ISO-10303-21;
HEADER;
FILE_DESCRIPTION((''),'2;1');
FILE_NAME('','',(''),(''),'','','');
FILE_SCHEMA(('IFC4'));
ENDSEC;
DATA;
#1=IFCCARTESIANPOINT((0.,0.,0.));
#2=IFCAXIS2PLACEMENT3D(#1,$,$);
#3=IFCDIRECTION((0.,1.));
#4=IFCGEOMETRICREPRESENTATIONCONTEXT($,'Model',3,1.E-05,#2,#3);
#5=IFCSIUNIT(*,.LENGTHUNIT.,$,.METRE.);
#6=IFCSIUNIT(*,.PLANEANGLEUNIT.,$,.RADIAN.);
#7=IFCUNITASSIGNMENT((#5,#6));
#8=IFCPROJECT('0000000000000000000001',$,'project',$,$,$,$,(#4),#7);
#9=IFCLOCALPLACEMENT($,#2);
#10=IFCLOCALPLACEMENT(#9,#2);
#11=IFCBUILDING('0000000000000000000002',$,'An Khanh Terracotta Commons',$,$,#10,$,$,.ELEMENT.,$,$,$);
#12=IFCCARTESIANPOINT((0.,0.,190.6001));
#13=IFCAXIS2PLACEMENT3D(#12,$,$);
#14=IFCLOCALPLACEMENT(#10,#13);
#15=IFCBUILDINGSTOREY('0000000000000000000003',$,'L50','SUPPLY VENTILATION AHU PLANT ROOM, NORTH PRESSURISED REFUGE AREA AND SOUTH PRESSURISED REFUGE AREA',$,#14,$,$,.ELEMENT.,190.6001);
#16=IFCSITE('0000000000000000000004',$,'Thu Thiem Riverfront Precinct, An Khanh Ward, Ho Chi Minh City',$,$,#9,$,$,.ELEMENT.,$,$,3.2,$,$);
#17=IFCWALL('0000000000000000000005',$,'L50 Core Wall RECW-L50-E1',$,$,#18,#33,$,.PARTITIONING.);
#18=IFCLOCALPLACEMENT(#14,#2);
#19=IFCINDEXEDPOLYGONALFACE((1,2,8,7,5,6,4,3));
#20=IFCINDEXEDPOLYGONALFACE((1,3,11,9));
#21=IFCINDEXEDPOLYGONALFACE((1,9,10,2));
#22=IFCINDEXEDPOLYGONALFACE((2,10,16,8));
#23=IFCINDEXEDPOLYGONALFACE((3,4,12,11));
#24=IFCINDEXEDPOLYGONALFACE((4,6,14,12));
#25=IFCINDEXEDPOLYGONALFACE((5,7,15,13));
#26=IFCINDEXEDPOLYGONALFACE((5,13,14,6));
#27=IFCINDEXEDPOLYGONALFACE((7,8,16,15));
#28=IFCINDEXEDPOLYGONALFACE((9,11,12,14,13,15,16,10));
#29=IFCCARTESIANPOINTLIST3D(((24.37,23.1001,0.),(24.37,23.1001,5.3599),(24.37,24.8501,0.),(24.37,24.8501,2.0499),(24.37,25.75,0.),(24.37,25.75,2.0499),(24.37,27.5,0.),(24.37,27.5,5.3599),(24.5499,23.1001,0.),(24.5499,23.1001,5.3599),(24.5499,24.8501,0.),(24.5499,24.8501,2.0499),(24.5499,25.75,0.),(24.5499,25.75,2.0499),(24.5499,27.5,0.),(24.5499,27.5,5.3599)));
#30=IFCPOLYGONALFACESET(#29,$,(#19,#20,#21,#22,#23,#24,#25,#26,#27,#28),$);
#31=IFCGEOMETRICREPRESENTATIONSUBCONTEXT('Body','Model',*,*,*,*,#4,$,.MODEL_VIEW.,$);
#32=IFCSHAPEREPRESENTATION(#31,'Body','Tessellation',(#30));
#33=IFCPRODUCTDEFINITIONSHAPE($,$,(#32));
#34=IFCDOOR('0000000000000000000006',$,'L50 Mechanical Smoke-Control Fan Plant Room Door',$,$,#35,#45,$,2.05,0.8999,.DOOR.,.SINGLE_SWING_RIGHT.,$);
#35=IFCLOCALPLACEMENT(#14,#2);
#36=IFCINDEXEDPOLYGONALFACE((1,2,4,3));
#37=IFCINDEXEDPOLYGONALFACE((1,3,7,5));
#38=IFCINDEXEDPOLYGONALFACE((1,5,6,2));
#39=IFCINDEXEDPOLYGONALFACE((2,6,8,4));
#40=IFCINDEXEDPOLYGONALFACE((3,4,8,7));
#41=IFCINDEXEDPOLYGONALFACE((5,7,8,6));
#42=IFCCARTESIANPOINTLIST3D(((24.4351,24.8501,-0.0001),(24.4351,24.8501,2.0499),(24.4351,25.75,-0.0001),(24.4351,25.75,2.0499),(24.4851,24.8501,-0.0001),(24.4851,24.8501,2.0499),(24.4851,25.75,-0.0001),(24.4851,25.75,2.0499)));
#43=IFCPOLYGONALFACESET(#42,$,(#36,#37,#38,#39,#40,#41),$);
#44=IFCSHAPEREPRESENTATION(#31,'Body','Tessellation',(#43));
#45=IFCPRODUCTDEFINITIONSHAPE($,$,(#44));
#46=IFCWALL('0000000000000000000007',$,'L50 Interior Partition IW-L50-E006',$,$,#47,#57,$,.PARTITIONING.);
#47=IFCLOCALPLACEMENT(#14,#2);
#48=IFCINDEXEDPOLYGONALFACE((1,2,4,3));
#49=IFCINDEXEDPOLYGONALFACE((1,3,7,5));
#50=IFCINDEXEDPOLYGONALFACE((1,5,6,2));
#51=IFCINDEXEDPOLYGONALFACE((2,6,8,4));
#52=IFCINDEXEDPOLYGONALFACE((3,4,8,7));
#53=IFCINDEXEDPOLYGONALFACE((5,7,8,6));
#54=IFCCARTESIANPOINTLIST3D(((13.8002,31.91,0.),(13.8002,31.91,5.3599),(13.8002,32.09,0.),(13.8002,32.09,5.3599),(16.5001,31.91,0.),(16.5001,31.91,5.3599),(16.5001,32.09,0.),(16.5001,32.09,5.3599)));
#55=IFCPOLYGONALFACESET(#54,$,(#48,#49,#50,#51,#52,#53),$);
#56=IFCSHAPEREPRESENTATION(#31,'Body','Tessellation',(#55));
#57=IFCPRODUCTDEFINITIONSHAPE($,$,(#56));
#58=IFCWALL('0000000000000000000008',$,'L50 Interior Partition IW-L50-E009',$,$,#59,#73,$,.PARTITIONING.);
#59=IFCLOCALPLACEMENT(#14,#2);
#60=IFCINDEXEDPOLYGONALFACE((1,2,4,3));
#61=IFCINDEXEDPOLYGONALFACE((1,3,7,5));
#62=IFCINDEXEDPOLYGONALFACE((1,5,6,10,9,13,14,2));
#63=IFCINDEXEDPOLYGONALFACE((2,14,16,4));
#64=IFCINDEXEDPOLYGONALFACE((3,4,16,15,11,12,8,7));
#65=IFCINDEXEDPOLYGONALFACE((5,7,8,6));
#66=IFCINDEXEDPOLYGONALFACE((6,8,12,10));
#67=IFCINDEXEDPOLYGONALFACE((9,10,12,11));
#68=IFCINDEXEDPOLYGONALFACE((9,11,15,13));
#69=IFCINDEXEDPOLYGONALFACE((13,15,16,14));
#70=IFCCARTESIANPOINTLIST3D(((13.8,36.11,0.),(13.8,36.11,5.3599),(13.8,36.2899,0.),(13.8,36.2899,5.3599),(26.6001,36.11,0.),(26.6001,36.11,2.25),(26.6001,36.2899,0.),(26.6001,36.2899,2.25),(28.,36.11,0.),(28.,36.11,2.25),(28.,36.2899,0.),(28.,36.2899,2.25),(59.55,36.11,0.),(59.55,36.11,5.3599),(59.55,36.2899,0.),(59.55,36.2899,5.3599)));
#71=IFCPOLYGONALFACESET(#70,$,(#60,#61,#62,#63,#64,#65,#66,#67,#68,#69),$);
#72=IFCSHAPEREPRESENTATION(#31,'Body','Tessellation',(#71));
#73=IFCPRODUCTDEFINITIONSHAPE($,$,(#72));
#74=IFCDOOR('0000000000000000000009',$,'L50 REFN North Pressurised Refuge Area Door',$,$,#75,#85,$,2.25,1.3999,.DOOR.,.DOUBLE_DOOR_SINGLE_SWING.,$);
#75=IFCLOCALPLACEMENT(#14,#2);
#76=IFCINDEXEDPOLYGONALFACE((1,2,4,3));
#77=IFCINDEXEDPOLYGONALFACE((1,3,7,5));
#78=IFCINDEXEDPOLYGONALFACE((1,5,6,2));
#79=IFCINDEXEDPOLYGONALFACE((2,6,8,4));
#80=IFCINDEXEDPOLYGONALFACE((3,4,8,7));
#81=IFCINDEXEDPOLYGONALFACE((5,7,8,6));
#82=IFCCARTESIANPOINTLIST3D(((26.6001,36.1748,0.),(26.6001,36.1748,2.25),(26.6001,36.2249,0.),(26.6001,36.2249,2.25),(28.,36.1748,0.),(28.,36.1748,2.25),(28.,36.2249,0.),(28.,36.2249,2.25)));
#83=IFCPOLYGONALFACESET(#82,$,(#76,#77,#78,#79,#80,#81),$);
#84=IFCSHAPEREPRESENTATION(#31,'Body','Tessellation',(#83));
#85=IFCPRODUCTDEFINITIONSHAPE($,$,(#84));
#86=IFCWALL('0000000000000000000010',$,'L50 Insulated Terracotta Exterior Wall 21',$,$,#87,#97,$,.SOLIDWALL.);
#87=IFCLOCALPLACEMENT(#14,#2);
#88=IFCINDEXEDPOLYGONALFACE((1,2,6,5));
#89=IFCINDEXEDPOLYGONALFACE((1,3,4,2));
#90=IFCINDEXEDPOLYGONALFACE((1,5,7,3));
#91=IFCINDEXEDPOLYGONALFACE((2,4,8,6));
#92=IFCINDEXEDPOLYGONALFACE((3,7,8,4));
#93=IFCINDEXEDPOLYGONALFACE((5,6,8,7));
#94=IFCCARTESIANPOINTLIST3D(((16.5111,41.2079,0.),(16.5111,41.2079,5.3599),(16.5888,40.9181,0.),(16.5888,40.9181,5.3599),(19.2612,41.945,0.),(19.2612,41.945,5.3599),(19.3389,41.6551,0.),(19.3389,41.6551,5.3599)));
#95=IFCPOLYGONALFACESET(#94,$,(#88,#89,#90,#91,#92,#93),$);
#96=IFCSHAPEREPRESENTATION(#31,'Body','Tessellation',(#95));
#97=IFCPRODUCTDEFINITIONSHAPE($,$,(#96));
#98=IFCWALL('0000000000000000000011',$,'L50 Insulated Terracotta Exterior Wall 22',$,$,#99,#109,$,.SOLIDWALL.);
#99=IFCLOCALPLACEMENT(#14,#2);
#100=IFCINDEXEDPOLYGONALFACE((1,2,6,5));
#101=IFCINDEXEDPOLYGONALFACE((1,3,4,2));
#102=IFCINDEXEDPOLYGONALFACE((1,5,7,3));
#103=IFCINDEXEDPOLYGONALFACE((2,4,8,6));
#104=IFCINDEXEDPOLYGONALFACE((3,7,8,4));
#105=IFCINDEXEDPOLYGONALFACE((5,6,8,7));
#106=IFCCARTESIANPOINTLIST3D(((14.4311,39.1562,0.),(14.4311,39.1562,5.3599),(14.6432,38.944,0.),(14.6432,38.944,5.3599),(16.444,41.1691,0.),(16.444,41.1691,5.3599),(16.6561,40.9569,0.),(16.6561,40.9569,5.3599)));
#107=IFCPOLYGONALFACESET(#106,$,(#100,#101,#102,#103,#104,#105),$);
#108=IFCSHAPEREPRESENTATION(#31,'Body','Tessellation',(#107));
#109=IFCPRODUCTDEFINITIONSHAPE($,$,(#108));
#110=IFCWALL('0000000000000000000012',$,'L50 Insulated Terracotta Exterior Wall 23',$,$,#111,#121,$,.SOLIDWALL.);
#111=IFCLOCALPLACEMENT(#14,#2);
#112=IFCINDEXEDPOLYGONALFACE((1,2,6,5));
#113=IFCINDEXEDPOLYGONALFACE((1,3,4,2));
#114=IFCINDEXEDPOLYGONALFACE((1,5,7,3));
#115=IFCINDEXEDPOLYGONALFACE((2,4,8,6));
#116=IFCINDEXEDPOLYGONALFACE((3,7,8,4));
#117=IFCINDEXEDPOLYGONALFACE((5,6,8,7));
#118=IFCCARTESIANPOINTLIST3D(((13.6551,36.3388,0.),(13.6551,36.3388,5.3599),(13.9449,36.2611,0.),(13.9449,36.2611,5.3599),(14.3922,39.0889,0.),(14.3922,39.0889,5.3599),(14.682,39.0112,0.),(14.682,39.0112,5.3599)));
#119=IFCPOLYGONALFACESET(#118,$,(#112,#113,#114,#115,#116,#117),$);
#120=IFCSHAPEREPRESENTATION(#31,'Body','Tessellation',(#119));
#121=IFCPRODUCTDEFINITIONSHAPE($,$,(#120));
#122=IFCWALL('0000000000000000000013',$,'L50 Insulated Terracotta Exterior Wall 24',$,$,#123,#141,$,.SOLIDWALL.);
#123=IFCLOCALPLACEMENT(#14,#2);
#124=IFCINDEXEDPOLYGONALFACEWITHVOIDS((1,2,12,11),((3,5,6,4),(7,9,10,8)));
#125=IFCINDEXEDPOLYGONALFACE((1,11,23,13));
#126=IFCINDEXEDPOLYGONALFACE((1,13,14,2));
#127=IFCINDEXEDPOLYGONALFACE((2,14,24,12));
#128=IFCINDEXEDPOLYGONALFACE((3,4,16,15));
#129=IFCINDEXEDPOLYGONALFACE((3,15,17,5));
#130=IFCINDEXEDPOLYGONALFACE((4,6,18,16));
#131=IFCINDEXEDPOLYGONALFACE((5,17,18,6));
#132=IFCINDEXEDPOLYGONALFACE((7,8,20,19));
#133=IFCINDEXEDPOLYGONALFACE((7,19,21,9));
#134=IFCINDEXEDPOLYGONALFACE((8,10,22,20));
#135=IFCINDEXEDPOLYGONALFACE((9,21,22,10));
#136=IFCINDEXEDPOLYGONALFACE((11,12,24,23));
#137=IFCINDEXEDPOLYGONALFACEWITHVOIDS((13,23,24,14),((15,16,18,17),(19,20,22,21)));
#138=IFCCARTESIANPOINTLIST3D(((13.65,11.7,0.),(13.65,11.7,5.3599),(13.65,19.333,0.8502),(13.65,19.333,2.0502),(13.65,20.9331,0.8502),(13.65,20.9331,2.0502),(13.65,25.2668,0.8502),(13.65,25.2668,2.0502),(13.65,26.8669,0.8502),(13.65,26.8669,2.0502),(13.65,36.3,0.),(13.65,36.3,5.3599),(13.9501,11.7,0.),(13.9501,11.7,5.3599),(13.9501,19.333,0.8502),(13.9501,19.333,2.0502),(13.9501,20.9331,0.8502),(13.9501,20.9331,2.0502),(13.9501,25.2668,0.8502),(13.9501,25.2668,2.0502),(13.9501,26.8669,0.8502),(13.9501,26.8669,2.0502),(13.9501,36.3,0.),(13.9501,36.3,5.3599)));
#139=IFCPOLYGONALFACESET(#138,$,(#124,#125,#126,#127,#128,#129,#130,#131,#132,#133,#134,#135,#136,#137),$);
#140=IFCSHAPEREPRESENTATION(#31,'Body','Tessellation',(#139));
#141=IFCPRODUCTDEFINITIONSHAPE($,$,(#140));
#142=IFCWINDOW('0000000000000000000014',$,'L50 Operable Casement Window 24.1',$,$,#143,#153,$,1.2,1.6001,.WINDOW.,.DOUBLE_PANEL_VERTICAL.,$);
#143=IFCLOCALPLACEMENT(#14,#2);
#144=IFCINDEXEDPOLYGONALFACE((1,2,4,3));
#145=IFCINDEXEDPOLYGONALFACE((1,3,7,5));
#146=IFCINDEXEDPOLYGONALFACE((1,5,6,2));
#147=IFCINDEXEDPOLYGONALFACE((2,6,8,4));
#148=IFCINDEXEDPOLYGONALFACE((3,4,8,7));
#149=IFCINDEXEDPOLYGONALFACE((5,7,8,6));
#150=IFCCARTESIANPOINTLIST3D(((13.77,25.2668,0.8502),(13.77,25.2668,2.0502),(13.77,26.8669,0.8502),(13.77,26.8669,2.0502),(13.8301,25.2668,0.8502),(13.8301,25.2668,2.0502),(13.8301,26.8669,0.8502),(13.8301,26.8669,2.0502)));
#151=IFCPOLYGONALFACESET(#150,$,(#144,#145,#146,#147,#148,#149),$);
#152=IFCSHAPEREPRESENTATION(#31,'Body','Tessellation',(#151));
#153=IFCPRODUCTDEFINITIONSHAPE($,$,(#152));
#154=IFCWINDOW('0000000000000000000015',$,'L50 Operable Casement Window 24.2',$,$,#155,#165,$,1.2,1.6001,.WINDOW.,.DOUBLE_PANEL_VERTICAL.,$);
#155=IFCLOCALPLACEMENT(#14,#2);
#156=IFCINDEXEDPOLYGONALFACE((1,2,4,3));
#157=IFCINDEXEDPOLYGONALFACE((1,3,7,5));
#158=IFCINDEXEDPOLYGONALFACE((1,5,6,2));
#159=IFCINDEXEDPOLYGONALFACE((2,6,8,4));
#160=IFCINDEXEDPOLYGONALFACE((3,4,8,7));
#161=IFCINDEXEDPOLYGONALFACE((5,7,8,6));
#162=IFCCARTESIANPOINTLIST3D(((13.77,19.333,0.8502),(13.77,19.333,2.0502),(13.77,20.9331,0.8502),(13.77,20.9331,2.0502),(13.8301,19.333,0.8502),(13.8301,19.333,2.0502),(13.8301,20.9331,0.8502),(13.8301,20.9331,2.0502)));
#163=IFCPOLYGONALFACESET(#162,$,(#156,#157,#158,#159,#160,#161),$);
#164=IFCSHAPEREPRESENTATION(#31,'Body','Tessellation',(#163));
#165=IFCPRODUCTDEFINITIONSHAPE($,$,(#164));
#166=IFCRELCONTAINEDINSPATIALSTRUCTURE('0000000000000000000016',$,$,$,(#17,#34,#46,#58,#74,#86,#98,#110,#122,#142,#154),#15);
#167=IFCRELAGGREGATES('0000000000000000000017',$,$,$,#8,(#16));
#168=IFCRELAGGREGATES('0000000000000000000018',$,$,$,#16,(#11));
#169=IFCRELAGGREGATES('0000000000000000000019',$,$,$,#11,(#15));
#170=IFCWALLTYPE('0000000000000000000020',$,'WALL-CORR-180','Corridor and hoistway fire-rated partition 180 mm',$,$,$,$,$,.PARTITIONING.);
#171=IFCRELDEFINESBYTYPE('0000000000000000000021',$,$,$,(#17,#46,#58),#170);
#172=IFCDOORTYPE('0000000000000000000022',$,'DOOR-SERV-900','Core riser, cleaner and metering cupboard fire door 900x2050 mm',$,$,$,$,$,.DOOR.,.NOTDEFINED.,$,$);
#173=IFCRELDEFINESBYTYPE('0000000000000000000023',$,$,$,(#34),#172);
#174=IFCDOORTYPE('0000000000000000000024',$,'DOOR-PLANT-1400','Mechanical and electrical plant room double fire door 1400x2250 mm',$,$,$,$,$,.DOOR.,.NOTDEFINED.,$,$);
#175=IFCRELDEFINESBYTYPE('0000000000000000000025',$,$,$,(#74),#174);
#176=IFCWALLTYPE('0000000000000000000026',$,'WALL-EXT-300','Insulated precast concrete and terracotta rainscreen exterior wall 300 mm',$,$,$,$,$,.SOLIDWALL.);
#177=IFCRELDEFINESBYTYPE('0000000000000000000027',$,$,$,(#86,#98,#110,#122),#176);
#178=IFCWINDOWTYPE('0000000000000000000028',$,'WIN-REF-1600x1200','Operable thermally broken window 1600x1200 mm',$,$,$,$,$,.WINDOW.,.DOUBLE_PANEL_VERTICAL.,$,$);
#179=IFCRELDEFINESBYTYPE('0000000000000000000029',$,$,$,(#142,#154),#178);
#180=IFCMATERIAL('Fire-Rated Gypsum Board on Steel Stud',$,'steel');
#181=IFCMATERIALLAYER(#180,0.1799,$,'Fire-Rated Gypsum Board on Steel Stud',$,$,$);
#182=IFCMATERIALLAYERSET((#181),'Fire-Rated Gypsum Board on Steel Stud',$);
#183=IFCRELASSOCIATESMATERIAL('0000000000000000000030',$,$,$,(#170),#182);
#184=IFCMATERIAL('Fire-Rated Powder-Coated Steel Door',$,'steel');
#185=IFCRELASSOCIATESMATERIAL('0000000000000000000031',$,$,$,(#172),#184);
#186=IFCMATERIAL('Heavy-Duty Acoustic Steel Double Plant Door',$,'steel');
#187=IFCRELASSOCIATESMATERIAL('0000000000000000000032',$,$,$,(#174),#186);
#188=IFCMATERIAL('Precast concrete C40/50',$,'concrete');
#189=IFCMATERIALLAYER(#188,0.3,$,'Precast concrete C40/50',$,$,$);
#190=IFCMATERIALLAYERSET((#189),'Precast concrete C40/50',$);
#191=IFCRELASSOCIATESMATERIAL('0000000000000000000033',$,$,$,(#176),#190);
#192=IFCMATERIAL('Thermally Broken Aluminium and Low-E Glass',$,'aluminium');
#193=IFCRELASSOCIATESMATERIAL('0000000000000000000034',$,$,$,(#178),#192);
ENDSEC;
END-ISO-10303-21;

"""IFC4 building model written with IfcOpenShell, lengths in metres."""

from ifc_helpers import new_model, si_unit, direction, frame, frame_2d, origin, place, context, subcontext, project, spatial, rectangle, extrude, material, layer, layer_set, type_object, element, fill, save


model = new_model("IFC4")

# Units and contexts
model_context = context("Model", 3, precision=1e-05, world=origin(), true_north=direction((0.0, 1.0)))
body_context = subcontext(model_context, "Body", "Model", "MODEL_VIEW")
ifc_project = project(units=[si_unit("LENGTHUNIT", "METRE"), si_unit("PLANEANGLEUNIT", "RADIAN")], contexts=[model_context])

# Site, building, storey
site_placement = place(None, origin())
site = spatial("IfcSite", under=ifc_project, at=site_placement, Name="Thu Thiem Riverfront Precinct, An Khanh Ward, Ho Chi Minh City", CompositionType="ELEMENT", RefElevation=3.2)
building_placement = place(site_placement, origin())
building = spatial("IfcBuilding", under=site, at=building_placement, Name="An Khanh Terracotta Commons", CompositionType="ELEMENT")
storey_placement = place(building_placement, frame((0.0, 0.0, 190.6001)))
storey = spatial("IfcBuildingStorey", under=building, at=storey_placement, Name="L50", Description="SUPPLY VENTILATION AHU PLANT ROOM, NORTH PRESSURISED REFUGE AREA AND SOUTH PRESSURISED REFUGE AREA", CompositionType="ELEMENT", Elevation=190.6001)

# Shared definitions
ifc_material_1 = material(Name="Fire-Rated Gypsum Board on Steel Stud", Category="steel")
ifc_layer_1 = layer(ifc_material_1, 0.1799, Name="Fire-Rated Gypsum Board on Steel Stud")
ifc_layer_set_1 = layer_set([ifc_layer_1], Name="Fire-Rated Gypsum Board on Steel Stud")
wall_type_1 = type_object("IfcWallType", Name="WALL-CORR-180", Description="Corridor and hoistway fire-rated partition 180 mm", PredefinedType="PARTITIONING", material=ifc_layer_set_1)

# Wall, opening, door
wall_1_placement = place(storey_placement, frame((24.46, 23.1001, 0.0), z_axis=(0.0, 0.0, 1.0), x_axis=(0.0, 1.0, 0.0)))
wall_1 = element("IfcWall", 1, at=wall_1_placement, inside=storey, type_object=wall_type_1, Name="L50 Core Wall RECW-L50-E1", PredefinedType="PARTITIONING", context=body_context, shape_type="SweptSolid", body=[
    extrude(rectangle(XDim=4.3999, YDim=0.1799, at=frame_2d((2.2, 0.0))), origin(), (0.0, 0.0, 1.0), 5.3599),
])
opening_1_placement = place(wall_1_placement, frame((1.75, 0.0, 0.0)))
opening_1 = element("IfcOpeningElement", 2, at=opening_1_placement, cuts=wall_1, PredefinedType="OPENING", context=body_context, shape_type="SweptSolid", body=[
    extrude(rectangle(XDim=0.8999, YDim=2.05, at=frame_2d((0.45, 1.0249))), frame((0.0, 0.0999, 0.0), z_axis=(0.0, -1.0, 0.0), x_axis=(1.0, 0.0, 0.0)), (0.0, 0.0, 1.0), 0.2),
])
ifc_material_2 = material(Name="Fire-Rated Powder-Coated Steel Door", Category="steel")
door_type_1 = type_object("IfcDoorType", Name="DOOR-SERV-900", Description="Core riser, cleaner and metering cupboard fire door 900x2050 mm", OperationType="NOTDEFINED", PredefinedType="DOOR", material=ifc_material_2)
door_1_placement = place(opening_1_placement, origin())
door_1 = element("IfcDoor", 3, at=door_1_placement, inside=storey, type_object=door_type_1, Name="L50 Mechanical Smoke-Control Fan Plant Room Door", OperationType="SINGLE_SWING_RIGHT", OverallHeight=2.05, OverallWidth=0.8999, PredefinedType="DOOR", context=body_context, shape_type="SweptSolid", body=[
    extrude(rectangle(XDim=0.8999, YDim=2.05, at=frame_2d((0.45, 1.0249))), frame((0.0, 0.0249, 0.0), z_axis=(0.0, -1.0, 0.0), x_axis=(1.0, 0.0, 0.0)), (0.0, 0.0, 1.0), 0.05),
])
fill(opening_1, door_1)

# Wall
wall_2_placement = place(storey_placement, frame((13.8, 32.0, 0.0), z_axis=(0.0, 0.0, 1.0), x_axis=(1.0, 0.0, 0.0)))
element("IfcWall", 4, at=wall_2_placement, inside=storey, type_object=wall_type_1, Name="L50 Interior Partition IW-L50-E006", PredefinedType="PARTITIONING", context=body_context, shape_type="SweptSolid", body=[
    extrude(rectangle(XDim=2.7, YDim=0.1799, at=frame_2d((1.3501, 0.0))), origin(), (0.0, 0.0, 1.0), 5.3599),
])

# Wall, opening, door
wall_3_placement = place(storey_placement, frame((13.8, 36.2, 0.0), z_axis=(0.0, 0.0, 1.0), x_axis=(1.0, 0.0, 0.0)))
wall_3 = element("IfcWall", 5, at=wall_3_placement, inside=storey, type_object=wall_type_1, Name="L50 Interior Partition IW-L50-E009", PredefinedType="PARTITIONING", context=body_context, shape_type="SweptSolid", body=[
    extrude(rectangle(XDim=45.75, YDim=0.1799, at=frame_2d((22.875, 0.0))), origin(), (0.0, 0.0, 1.0), 5.3599),
])
opening_2_placement = place(wall_3_placement, frame((12.8, 0.0, 0.0)))
opening_2 = element("IfcOpeningElement", 6, at=opening_2_placement, cuts=wall_3, PredefinedType="OPENING", context=body_context, shape_type="SweptSolid", body=[
    extrude(rectangle(XDim=1.3999, YDim=2.25, at=frame_2d((0.7, 1.125))), frame((0.0, 0.0999, 0.0), z_axis=(0.0, -1.0, 0.0), x_axis=(1.0, 0.0, 0.0)), (0.0, 0.0, 1.0), 0.2),
])
ifc_material_3 = material(Name="Heavy-Duty Acoustic Steel Double Plant Door", Category="steel")
door_type_2 = type_object("IfcDoorType", Name="DOOR-PLANT-1400", Description="Mechanical and electrical plant room double fire door 1400x2250 mm", OperationType="NOTDEFINED", PredefinedType="DOOR", material=ifc_material_3)
door_2_placement = place(opening_2_placement, origin())
door_2 = element("IfcDoor", 7, at=door_2_placement, inside=storey, type_object=door_type_2, Name="L50 REFN North Pressurised Refuge Area Door", OperationType="DOUBLE_DOOR_SINGLE_SWING", OverallHeight=2.25, OverallWidth=1.3999, PredefinedType="DOOR", context=body_context, shape_type="SweptSolid", body=[
    extrude(rectangle(XDim=1.3999, YDim=2.25, at=frame_2d((0.7, 1.125))), frame((0.0, 0.0249, 0.0), z_axis=(0.0, -1.0, 0.0), x_axis=(1.0, 0.0, 0.0)), (0.0, 0.0, 1.0), 0.05),
])
fill(opening_2, door_2)

# Walls
ifc_material_4 = material(Name="Precast concrete C40/50", Category="concrete")
ifc_layer_2 = layer(ifc_material_4, 0.3, Name="Precast concrete C40/50")
ifc_layer_set_2 = layer_set([ifc_layer_2], Name="Precast concrete C40/50")
wall_type_2 = type_object("IfcWallType", Name="WALL-EXT-300", Description="Insulated precast concrete and terracotta rainscreen exterior wall 300 mm", PredefinedType="SOLIDWALL", material=ifc_layer_set_2)
wall_4_placement = place(storey_placement, frame((19.3, 41.8, 0.0), z_axis=(0.0, 0.0, 1.0), x_axis=(-0.965908, -0.258885, 0.0)))
element("IfcWall", 8, at=wall_4_placement, inside=storey, type_object=wall_type_2, Name="L50 Insulated Terracotta Exterior Wall 21", PredefinedType="SOLIDWALL", context=body_context, shape_type="SweptSolid", body=[
    extrude(rectangle(XDim=2.8472, YDim=0.3, at=frame_2d((1.4236, 0.0))), origin(), (0.0, 0.0, 1.0), 5.3599),
])
wall_5_placement = place(storey_placement, frame((16.55, 41.063, 0.0), z_axis=(0.0, 0.0, 1.0), x_axis=(-0.707107, -0.707107, 0.0)))
element("IfcWall", 9, at=wall_5_placement, inside=storey, type_object=wall_type_2, Name="L50 Insulated Terracotta Exterior Wall 22", PredefinedType="SOLIDWALL", context=body_context, shape_type="SweptSolid", body=[
    extrude(rectangle(XDim=2.8467, YDim=0.3, at=frame_2d((1.4233, 0.0))), origin(), (0.0, 0.0, 1.0), 5.3599),
])
wall_6_placement = place(storey_placement, frame((14.5371, 39.05, 0.0), z_axis=(0.0, 0.0, 1.0), x_axis=(-0.258885, -0.965908, 0.0)))
element("IfcWall", 10, at=wall_6_placement, inside=storey, type_object=wall_type_2, Name="L50 Insulated Terracotta Exterior Wall 23", PredefinedType="SOLIDWALL", context=body_context, shape_type="SweptSolid", body=[
    extrude(rectangle(XDim=2.8472, YDim=0.3, at=frame_2d((1.4236, 0.0))), origin(), (0.0, 0.0, 1.0), 5.3599),
])

# Wall, openings, windows
wall_7_placement = place(storey_placement, frame((13.8, 36.3, 0.0), z_axis=(0.0, 0.0, 1.0), x_axis=(0.0, -1.0, 0.0)))
wall_7 = element("IfcWall", 11, at=wall_7_placement, inside=storey, type_object=wall_type_2, Name="L50 Insulated Terracotta Exterior Wall 24", PredefinedType="SOLIDWALL", context=body_context, shape_type="SweptSolid", body=[
    extrude(rectangle(XDim=24.6001, YDim=0.3, at=frame_2d((12.3, 0.0))), origin(), (0.0, 0.0, 1.0), 5.3599),
])
opening_3_placement = place(wall_7_placement, frame((9.4331, 0.0, 0.8501)))
opening_3 = element("IfcOpeningElement", 12, at=opening_3_placement, cuts=wall_7, PredefinedType="OPENING", context=body_context, shape_type="SweptSolid", body=[
    extrude(rectangle(XDim=1.6001, YDim=1.2, at=frame_2d((0.8, 0.6001))), frame((0.0, 0.1599, 0.0), z_axis=(0.0, -1.0, 0.0), x_axis=(1.0, 0.0, 0.0)), (0.0, 0.0, 1.0), 0.3201),
])
opening_4_placement = place(wall_7_placement, frame((15.3669, 0.0, 0.8501)))
opening_4 = element("IfcOpeningElement", 13, at=opening_4_placement, cuts=wall_7, PredefinedType="OPENING", context=body_context, shape_type="SweptSolid", body=[
    extrude(rectangle(XDim=1.6001, YDim=1.2, at=frame_2d((0.8, 0.6001))), frame((0.0, 0.1599, 0.0), z_axis=(0.0, -1.0, 0.0), x_axis=(1.0, 0.0, 0.0)), (0.0, 0.0, 1.0), 0.3201),
])
ifc_material_5 = material(Name="Thermally Broken Aluminium and Low-E Glass", Category="aluminium")
window_type = type_object("IfcWindowType", Name="WIN-REF-1600x1200", Description="Operable thermally broken window 1600x1200 mm", PartitioningType="DOUBLE_PANEL_VERTICAL", PredefinedType="WINDOW", material=ifc_material_5)
window_1_placement = place(opening_3_placement, origin())
window_1 = element("IfcWindow", 14, at=window_1_placement, inside=storey, type_object=window_type, Name="L50 Operable Casement Window 24.1", OverallHeight=1.2, OverallWidth=1.6001, PartitioningType="DOUBLE_PANEL_VERTICAL", PredefinedType="WINDOW", context=body_context, shape_type="SweptSolid", body=[
    extrude(rectangle(XDim=1.6001, YDim=1.2, at=frame_2d((0.8, 0.6001))), frame((0.0, 0.03, 0.0), z_axis=(0.0, -1.0, 0.0), x_axis=(1.0, 0.0, 0.0)), (0.0, 0.0, 1.0), 0.0601),
])
fill(opening_3, window_1)
window_2_placement = place(opening_4_placement, origin())
window_2 = element("IfcWindow", 15, at=window_2_placement, inside=storey, type_object=window_type, Name="L50 Operable Casement Window 24.2", OverallHeight=1.2, OverallWidth=1.6001, PartitioningType="DOUBLE_PANEL_VERTICAL", PredefinedType="WINDOW", context=body_context, shape_type="SweptSolid", body=[
    extrude(rectangle(XDim=1.6001, YDim=1.2, at=frame_2d((0.8, 0.6001))), frame((0.0, 0.03, 0.0), z_axis=(0.0, -1.0, 0.0), x_axis=(1.0, 0.0, 0.0)), (0.0, 0.0, 1.0), 0.0601),
])
fill(opening_4, window_2)

save(model, "model.ifc")
